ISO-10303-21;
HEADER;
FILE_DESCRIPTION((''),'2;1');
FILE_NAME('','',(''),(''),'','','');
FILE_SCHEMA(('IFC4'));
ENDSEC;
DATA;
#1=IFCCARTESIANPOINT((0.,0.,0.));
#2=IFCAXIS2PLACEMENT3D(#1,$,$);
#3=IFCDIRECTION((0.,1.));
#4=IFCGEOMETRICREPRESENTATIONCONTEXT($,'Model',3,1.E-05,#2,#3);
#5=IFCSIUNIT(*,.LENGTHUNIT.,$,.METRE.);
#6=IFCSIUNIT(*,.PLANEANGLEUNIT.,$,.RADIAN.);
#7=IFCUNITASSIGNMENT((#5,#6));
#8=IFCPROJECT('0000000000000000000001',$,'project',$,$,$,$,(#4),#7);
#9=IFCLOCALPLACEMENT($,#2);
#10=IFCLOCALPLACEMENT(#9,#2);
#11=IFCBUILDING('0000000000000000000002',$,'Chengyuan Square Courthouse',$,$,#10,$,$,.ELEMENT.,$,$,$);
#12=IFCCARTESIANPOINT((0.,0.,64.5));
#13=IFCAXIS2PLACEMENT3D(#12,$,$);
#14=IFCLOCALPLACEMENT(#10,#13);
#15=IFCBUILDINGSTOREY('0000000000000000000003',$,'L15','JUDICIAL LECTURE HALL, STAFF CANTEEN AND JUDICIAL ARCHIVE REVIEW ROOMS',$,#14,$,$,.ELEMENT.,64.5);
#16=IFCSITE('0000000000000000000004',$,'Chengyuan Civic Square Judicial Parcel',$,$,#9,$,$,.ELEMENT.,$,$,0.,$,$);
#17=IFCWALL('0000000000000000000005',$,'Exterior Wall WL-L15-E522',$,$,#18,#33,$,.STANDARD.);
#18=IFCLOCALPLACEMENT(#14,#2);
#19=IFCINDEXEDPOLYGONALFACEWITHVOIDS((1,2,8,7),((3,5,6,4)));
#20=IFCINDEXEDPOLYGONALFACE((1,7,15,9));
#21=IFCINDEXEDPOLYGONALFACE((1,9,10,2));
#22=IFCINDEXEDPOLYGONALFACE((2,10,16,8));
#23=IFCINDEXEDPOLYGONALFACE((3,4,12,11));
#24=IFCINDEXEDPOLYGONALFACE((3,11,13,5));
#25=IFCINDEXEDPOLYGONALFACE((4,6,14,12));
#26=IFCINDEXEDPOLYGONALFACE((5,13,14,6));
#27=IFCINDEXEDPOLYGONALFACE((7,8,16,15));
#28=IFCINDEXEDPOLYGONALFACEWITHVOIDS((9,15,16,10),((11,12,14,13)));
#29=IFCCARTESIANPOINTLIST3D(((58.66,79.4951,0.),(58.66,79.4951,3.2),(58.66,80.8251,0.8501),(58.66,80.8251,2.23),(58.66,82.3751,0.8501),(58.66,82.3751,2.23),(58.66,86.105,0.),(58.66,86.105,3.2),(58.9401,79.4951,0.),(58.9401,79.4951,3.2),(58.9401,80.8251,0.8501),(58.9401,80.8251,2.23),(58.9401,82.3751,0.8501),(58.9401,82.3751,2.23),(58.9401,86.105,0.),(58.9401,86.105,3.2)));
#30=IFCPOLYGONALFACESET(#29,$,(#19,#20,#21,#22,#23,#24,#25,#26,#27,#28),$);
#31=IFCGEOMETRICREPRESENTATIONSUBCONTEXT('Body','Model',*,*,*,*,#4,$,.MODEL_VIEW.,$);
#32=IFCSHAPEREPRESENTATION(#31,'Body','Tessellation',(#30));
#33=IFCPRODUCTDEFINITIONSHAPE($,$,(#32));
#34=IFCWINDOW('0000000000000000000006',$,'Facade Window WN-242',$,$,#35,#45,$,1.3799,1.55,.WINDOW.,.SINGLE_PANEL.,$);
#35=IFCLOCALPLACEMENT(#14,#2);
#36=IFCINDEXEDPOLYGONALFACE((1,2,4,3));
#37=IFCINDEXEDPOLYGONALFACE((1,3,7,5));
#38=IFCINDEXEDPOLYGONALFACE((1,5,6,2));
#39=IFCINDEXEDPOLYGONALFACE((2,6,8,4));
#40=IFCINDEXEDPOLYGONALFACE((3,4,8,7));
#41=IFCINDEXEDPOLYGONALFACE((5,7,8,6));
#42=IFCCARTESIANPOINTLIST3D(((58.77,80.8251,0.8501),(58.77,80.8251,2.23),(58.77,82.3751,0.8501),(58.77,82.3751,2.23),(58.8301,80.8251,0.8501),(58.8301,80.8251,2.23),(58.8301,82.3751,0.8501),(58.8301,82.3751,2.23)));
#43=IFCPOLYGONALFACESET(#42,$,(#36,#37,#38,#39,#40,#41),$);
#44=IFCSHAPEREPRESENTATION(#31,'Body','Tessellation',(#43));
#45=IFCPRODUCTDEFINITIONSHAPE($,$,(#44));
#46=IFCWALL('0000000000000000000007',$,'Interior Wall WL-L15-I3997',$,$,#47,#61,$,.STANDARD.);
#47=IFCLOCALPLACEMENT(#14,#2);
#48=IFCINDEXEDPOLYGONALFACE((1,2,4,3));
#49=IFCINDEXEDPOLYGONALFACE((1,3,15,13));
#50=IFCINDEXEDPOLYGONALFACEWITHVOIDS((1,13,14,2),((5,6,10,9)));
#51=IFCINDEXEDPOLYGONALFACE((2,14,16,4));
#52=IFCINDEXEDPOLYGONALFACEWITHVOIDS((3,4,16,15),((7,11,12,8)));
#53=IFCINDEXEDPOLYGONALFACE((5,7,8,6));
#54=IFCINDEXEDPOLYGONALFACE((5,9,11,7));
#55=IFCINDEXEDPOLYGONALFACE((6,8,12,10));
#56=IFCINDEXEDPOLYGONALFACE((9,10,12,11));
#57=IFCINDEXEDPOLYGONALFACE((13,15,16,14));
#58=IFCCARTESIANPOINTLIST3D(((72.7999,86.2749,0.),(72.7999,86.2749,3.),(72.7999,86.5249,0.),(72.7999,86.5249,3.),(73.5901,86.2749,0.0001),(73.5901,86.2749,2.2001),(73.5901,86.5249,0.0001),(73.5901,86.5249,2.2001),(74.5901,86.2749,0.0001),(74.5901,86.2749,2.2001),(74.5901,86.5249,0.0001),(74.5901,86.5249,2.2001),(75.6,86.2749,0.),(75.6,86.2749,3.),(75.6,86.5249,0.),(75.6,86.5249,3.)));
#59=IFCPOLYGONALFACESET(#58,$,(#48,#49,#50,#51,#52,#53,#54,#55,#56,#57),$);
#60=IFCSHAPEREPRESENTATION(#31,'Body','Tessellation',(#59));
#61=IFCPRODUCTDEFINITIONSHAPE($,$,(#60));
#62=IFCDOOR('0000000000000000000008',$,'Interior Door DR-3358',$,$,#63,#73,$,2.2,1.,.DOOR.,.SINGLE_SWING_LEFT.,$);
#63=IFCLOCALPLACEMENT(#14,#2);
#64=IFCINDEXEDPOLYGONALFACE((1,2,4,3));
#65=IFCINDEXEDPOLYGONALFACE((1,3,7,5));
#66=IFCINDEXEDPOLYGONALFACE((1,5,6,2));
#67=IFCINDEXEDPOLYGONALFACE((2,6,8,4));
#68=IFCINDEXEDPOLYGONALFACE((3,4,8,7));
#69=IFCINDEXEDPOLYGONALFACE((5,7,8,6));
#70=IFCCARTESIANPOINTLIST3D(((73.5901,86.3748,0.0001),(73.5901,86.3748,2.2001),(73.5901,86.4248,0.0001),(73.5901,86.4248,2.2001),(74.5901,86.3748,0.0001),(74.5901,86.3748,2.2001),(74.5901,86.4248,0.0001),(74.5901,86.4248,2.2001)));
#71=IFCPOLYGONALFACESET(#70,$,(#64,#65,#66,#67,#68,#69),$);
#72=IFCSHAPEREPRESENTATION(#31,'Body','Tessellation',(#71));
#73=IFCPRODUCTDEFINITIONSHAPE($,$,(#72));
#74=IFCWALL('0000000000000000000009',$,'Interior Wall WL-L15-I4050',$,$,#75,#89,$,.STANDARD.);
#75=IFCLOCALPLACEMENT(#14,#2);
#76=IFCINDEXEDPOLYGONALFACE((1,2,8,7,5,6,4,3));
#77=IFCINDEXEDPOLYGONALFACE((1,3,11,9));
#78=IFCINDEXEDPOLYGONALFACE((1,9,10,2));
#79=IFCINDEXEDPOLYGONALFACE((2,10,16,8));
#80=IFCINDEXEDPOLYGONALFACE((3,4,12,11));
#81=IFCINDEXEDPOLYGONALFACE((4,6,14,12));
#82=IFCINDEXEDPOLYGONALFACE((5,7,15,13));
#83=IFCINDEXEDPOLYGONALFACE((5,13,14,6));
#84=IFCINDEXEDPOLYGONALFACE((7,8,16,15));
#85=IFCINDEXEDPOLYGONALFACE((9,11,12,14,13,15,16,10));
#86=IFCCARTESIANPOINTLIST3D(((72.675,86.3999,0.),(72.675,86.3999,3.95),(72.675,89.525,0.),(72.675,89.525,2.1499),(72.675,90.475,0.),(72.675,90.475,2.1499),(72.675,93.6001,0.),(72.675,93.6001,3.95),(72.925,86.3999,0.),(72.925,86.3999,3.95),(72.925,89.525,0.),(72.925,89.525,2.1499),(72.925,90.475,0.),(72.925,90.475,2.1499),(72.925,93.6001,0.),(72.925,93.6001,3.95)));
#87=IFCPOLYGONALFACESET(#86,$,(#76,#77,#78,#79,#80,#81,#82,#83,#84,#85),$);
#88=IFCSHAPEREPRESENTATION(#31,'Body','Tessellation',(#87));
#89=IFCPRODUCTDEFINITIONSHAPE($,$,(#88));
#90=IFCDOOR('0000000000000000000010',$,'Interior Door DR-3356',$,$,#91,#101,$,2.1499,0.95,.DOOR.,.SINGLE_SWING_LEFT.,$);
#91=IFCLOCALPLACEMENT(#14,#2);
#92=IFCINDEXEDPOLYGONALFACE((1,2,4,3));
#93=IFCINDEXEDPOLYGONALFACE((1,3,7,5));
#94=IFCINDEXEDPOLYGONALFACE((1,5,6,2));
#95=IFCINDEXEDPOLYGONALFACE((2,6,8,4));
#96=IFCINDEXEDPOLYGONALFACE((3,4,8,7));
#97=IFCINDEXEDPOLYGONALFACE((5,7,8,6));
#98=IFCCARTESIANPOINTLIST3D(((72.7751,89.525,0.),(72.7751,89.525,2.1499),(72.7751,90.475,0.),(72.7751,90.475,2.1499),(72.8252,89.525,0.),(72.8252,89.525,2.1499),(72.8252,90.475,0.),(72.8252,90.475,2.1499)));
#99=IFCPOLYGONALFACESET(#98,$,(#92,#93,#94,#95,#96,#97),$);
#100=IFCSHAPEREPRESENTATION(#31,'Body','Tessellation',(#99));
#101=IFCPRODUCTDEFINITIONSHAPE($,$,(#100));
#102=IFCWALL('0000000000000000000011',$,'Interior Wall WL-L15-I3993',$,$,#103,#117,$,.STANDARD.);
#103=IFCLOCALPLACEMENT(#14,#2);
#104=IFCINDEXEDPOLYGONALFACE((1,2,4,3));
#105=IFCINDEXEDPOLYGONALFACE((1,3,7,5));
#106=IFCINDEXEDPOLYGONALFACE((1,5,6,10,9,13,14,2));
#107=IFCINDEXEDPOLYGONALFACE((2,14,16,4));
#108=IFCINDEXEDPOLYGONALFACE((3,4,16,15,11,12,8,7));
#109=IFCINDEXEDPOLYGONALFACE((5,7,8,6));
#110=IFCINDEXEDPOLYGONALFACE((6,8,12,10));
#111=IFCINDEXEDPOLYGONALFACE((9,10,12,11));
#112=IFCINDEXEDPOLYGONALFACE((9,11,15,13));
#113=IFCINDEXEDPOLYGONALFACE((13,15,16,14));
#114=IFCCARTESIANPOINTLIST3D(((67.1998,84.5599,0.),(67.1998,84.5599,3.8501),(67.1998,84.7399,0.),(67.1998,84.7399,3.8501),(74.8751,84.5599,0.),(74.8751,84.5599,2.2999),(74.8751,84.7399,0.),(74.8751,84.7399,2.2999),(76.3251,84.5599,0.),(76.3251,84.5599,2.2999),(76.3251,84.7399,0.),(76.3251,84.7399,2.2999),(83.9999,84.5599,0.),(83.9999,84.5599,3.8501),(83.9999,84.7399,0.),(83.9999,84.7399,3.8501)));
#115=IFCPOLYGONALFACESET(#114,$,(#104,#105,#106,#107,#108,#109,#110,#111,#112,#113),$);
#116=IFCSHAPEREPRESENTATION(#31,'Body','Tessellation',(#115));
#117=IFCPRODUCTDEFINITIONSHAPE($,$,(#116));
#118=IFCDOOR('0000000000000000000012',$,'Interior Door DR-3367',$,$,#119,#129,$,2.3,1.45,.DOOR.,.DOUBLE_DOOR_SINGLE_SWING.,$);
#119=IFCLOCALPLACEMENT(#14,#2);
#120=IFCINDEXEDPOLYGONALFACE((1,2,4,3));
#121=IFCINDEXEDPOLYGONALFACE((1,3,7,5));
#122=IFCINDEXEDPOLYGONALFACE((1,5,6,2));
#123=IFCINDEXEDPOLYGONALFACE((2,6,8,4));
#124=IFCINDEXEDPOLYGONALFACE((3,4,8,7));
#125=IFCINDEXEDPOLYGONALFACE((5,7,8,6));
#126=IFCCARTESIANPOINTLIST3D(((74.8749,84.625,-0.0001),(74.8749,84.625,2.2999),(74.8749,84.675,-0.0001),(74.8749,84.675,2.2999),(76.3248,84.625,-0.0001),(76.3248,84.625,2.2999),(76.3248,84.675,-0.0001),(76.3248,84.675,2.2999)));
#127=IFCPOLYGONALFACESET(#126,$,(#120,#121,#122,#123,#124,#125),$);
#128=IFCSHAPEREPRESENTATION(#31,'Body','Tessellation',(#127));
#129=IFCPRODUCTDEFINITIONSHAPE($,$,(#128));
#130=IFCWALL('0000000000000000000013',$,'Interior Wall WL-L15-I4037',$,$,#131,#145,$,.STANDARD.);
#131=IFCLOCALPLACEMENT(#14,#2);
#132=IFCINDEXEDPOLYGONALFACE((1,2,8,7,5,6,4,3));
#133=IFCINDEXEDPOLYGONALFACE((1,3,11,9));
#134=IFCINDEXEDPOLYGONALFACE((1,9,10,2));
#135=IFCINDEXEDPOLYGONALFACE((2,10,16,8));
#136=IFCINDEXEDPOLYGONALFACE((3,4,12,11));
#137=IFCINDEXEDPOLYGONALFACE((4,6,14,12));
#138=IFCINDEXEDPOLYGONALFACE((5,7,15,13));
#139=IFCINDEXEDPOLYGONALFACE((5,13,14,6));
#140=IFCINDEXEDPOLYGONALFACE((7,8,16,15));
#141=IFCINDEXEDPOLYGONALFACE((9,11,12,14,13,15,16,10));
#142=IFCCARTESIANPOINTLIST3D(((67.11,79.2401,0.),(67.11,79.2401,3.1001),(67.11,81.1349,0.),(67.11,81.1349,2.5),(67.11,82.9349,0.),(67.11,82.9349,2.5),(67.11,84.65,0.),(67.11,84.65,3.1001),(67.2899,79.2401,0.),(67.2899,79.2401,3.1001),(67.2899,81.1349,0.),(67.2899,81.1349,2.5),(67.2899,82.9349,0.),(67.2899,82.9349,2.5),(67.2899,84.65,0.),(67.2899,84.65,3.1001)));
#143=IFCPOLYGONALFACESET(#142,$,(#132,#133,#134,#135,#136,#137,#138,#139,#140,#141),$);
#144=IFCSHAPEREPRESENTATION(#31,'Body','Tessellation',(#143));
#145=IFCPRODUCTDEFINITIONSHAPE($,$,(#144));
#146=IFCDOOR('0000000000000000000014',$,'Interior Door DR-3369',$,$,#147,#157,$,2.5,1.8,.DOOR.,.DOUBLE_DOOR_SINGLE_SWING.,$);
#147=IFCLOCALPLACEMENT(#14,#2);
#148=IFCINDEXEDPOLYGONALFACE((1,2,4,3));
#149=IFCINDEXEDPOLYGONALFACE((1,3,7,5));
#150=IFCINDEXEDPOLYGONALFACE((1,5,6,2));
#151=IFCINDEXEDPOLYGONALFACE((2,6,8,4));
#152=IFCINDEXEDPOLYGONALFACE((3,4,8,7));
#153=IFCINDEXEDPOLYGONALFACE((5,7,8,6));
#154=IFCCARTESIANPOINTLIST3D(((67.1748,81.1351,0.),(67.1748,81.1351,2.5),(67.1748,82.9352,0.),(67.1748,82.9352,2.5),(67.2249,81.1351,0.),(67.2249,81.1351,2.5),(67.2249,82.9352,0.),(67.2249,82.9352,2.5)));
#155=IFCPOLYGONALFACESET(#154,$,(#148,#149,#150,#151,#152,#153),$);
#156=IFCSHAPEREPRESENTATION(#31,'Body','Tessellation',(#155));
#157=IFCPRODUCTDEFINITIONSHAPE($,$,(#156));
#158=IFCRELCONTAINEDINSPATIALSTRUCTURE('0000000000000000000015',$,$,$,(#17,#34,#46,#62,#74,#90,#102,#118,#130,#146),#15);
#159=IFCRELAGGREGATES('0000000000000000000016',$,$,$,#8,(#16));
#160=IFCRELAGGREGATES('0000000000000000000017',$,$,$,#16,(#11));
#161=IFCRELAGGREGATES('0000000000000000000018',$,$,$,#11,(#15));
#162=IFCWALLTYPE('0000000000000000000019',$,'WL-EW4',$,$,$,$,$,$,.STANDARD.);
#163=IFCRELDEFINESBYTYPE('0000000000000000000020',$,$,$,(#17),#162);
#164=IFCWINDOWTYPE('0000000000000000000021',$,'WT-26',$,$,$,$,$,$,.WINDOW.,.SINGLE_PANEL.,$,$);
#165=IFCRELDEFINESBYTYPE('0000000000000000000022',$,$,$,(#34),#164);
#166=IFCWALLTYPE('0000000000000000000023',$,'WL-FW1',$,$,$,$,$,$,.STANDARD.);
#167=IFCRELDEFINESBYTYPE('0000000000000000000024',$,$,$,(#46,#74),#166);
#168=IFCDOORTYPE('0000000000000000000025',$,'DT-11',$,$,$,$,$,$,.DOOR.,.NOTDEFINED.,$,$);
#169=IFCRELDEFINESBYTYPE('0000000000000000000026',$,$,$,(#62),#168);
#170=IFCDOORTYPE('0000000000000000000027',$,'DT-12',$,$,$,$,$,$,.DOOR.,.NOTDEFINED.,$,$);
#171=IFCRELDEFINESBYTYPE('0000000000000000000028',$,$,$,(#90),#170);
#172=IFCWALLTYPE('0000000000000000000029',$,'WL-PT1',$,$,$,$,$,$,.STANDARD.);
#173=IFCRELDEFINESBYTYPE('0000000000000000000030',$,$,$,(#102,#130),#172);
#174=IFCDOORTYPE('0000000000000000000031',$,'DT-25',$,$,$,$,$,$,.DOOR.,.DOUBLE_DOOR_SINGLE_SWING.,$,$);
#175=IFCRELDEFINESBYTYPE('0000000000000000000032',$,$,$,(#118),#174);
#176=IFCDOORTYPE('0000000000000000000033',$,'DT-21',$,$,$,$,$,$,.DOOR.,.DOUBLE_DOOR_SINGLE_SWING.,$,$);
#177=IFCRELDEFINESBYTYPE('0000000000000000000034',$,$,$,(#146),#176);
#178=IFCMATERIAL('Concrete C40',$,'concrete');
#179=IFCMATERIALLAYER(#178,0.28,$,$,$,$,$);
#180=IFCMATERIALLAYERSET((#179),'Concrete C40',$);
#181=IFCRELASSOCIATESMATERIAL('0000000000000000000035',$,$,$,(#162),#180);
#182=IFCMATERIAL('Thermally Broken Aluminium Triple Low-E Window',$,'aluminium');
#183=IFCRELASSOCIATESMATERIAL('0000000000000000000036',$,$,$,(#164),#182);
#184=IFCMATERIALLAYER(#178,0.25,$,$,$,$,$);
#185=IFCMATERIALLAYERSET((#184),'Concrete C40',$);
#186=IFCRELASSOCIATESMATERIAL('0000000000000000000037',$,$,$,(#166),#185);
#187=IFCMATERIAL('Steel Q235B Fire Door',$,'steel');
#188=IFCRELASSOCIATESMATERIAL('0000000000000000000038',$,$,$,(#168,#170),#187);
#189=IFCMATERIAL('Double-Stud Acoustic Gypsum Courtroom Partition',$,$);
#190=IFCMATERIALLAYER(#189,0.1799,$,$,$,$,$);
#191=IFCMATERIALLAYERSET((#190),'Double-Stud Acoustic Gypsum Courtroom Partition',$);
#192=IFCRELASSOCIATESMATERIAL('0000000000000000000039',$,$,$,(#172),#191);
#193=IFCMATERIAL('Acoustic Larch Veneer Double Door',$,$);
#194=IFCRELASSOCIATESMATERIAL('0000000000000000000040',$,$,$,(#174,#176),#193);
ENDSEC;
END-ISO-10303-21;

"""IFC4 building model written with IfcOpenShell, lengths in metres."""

from ifc_helpers import new_model, si_unit, direction, frame, frame_2d, origin, place, context, subcontext, project, spatial, rectangle, extrude, material, layer, layer_set, type_object, element, fill, save


model = new_model("IFC4")

# Units and contexts
model_context = context("Model", 3, precision=1e-05, world=origin(), true_north=direction((0.0, 1.0)))
body_context = subcontext(model_context, "Body", "Model", "MODEL_VIEW")
ifc_project = project(units=[si_unit("LENGTHUNIT", "METRE"), si_unit("PLANEANGLEUNIT", "RADIAN")], contexts=[model_context])

# Site, building, storey
site_placement = place(None, origin())
site = spatial("IfcSite", under=ifc_project, at=site_placement, Name="Chengyuan Civic Square Judicial Parcel", CompositionType="ELEMENT", RefElevation=0.0)
building_placement = place(site_placement, origin())
building = spatial("IfcBuilding", under=site, at=building_placement, Name="Chengyuan Square Courthouse", CompositionType="ELEMENT")
storey_placement = place(building_placement, frame((0.0, 0.0, 64.5)))
storey = spatial("IfcBuildingStorey", under=building, at=storey_placement, Name="L15", Description="JUDICIAL LECTURE HALL, STAFF CANTEEN AND JUDICIAL ARCHIVE REVIEW ROOMS", CompositionType="ELEMENT", Elevation=64.5)

# Shared definitions
ifc_material_1 = material(Name="Concrete C40", Category="concrete")

# Wall, opening, window
ifc_layer_1 = layer(ifc_material_1, 0.28)
ifc_layer_set_1 = layer_set([ifc_layer_1], Name="Concrete C40")
wall_type_1 = type_object("IfcWallType", Name="WL-EW4", PredefinedType="STANDARD", material=ifc_layer_set_1)
wall_1_placement = place(storey_placement, frame((58.8, 79.4951, 0.0), z_axis=(0.0, 0.0, 1.0), x_axis=(0.0, 1.0, 0.0)))
wall_1 = element("IfcWall", 1, at=wall_1_placement, inside=storey, type_object=wall_type_1, Name="Exterior Wall WL-L15-E522", PredefinedType="STANDARD", context=body_context, shape_type="SweptSolid", body=[
    extrude(rectangle(XDim=6.6099, YDim=0.28, at=frame_2d((3.3049, 0.0))), origin(), (0.0, 0.0, 1.0), 3.2),
])
opening_1_placement = place(wall_1_placement, frame((1.3301, 0.0, 0.8501)))
opening_1 = element("IfcOpeningElement", 2, at=opening_1_placement, cuts=wall_1, PredefinedType="OPENING", context=body_context, shape_type="SweptSolid", body=[
    extrude(rectangle(XDim=1.55, YDim=1.3799, at=frame_2d((0.7749, 0.6899))), frame((0.0, 0.1521, 0.0), z_axis=(0.0, -1.0, 0.0), x_axis=(1.0, 0.0, 0.0)), (0.0, 0.0, 1.0), 0.304),
])
ifc_material_2 = material(Name="Thermally Broken Aluminium Triple Low-E Window", Category="aluminium")
window_type = type_object("IfcWindowType", Name="WT-26", PartitioningType="SINGLE_PANEL", PredefinedType="WINDOW", material=ifc_material_2)
window_placement = place(opening_1_placement, origin())
window = element("IfcWindow", 3, at=window_placement, inside=storey, type_object=window_type, Name="Facade Window WN-242", OverallHeight=1.3799, OverallWidth=1.55, PartitioningType="SINGLE_PANEL", PredefinedType="WINDOW", context=body_context, shape_type="SweptSolid", body=[
    extrude(rectangle(XDim=1.55, YDim=1.3799, at=frame_2d((0.7749, 0.6899))), frame((0.0, 0.03, 0.0), z_axis=(0.0, -1.0, 0.0), x_axis=(1.0, 0.0, 0.0)), (0.0, 0.0, 1.0), 0.0601),
])
fill(opening_1, window)

# Walls, openings, doors
ifc_layer_2 = layer(ifc_material_1, 0.25)
ifc_layer_set_2 = layer_set([ifc_layer_2], Name="Concrete C40")
wall_type_2 = type_object("IfcWallType", Name="WL-FW1", PredefinedType="STANDARD", material=ifc_layer_set_2)
wall_2_placement = place(storey_placement, frame((72.8, 86.3999, 0.0), z_axis=(0.0, 0.0, 1.0), x_axis=(1.0, 0.0, 0.0)))
wall_2 = element("IfcWall", 4, at=wall_2_placement, inside=storey, type_object=wall_type_2, Name="Interior Wall WL-L15-I3997", PredefinedType="STANDARD", context=body_context, shape_type="SweptSolid", body=[
    extrude(rectangle(XDim=2.8, YDim=0.25, at=frame_2d((1.3999, 0.0))), origin(), (0.0, 0.0, 1.0), 3.0),
])
opening_2_placement = place(wall_2_placement, frame((0.79, 0.0, 0.0)))
opening_2 = element("IfcOpeningElement", 5, at=opening_2_placement, cuts=wall_2, PredefinedType="OPENING", context=body_context, shape_type="SweptSolid", body=[
    extrude(rectangle(XDim=1.0, YDim=2.2, at=frame_2d((0.5, 1.1001))), frame((0.0, 0.137, 0.0), z_axis=(0.0, -1.0, 0.0), x_axis=(1.0, 0.0, 0.0)), (0.0, 0.0, 1.0), 0.2739),
])
ifc_material_3 = material(Name="Steel Q235B Fire Door", Category="steel")
door_type_1 = type_object("IfcDoorType", Name="DT-11", OperationType="NOTDEFINED", PredefinedType="DOOR", material=ifc_material_3)
door_1_placement = place(opening_2_placement, origin())
door_1 = element("IfcDoor", 6, at=door_1_placement, inside=storey, type_object=door_type_1, Name="Interior Door DR-3358", OperationType="SINGLE_SWING_LEFT", OverallHeight=2.2, OverallWidth=1.0, PredefinedType="DOOR", context=body_context, shape_type="SweptSolid", body=[
    extrude(rectangle(XDim=1.0, YDim=2.2, at=frame_2d((0.5, 1.1001))), frame((0.0, 0.0249, 0.0), z_axis=(0.0, -1.0, 0.0), x_axis=(1.0, 0.0, 0.0)), (0.0, 0.0, 1.0), 0.05),
])
fill(opening_2, door_1)
wall_3_placement = place(storey_placement, frame((72.8, 86.3999, 0.0), z_axis=(0.0, 0.0, 1.0), x_axis=(0.0, 1.0, 0.0)))
wall_3 = element("IfcWall", 7, at=wall_3_placement, inside=storey, type_object=wall_type_2, Name="Interior Wall WL-L15-I4050", PredefinedType="STANDARD", context=body_context, shape_type="SweptSolid", body=[
    extrude(rectangle(XDim=7.2002, YDim=0.25, at=frame_2d((3.6001, 0.0))), origin(), (0.0, 0.0, 1.0), 3.95),
])
opening_3_placement = place(wall_3_placement, frame((3.125, 0.0, 0.0)))
opening_3 = element("IfcOpeningElement", 8, at=opening_3_placement, cuts=wall_3, PredefinedType="OPENING", context=body_context, shape_type="SweptSolid", body=[
    extrude(rectangle(XDim=0.95, YDim=2.1499, at=frame_2d((0.4751, 1.075))), frame((0.0, 0.137, 0.0), z_axis=(0.0, -1.0, 0.0), x_axis=(1.0, 0.0, 0.0)), (0.0, 0.0, 1.0), 0.2739),
])
door_type_2 = type_object("IfcDoorType", Name="DT-12", OperationType="NOTDEFINED", PredefinedType="DOOR", material=ifc_material_3)
door_2_placement = place(opening_3_placement, origin())
door_2 = element("IfcDoor", 9, at=door_2_placement, inside=storey, type_object=door_type_2, Name="Interior Door DR-3356", OperationType="SINGLE_SWING_LEFT", OverallHeight=2.1499, OverallWidth=0.95, PredefinedType="DOOR", context=body_context, shape_type="SweptSolid", body=[
    extrude(rectangle(XDim=0.95, YDim=2.1499, at=frame_2d((0.4751, 1.075))), frame((0.0, 0.0249, 0.0), z_axis=(0.0, -1.0, 0.0), x_axis=(1.0, 0.0, 0.0)), (0.0, 0.0, 1.0), 0.05),
])
fill(opening_3, door_2)
ifc_material_4 = material(Name="Double-Stud Acoustic Gypsum Courtroom Partition")
ifc_layer_3 = layer(ifc_material_4, 0.1799)
ifc_layer_set_3 = layer_set([ifc_layer_3], Name="Double-Stud Acoustic Gypsum Courtroom Partition")
wall_type_3 = type_object("IfcWallType", Name="WL-PT1", PredefinedType="STANDARD", material=ifc_layer_set_3)
wall_4_placement = place(storey_placement, frame((67.2, 84.6499, 0.0), z_axis=(0.0, 0.0, 1.0), x_axis=(1.0, 0.0, 0.0)))
wall_4 = element("IfcWall", 10, at=wall_4_placement, inside=storey, type_object=wall_type_3, Name="Interior Wall WL-L15-I3993", PredefinedType="STANDARD", context=body_context, shape_type="SweptSolid", body=[
    extrude(rectangle(XDim=16.8, YDim=0.1799, at=frame_2d((8.3999, 0.0))), origin(), (0.0, 0.0, 1.0), 3.8501),
])
opening_4_placement = place(wall_4_placement, frame((7.675, 0.0, 0.0)))
opening_4 = element("IfcOpeningElement", 11, at=opening_4_placement, cuts=wall_4, PredefinedType="OPENING", context=body_context, shape_type="SweptSolid", body=[
    extrude(rectangle(XDim=1.45, YDim=2.3, at=frame_2d((0.7251, 1.1499))), frame((0.0, 0.1021, 0.0), z_axis=(0.0, -1.0, 0.0), x_axis=(1.0, 0.0, 0.0)), (0.0, 0.0, 1.0), 0.2039),
])
ifc_material_5 = material(Name="Acoustic Larch Veneer Double Door")
door_type_3 = type_object("IfcDoorType", Name="DT-25", OperationType="DOUBLE_DOOR_SINGLE_SWING", PredefinedType="DOOR", material=ifc_material_5)
door_3_placement = place(opening_4_placement, frame((1.45, 0.0, 0.0), z_axis=(0.0, 0.0, 1.0), x_axis=(-1.0, 0.0, 0.0)))
door_3 = element("IfcDoor", 12, at=door_3_placement, inside=storey, type_object=door_type_3, Name="Interior Door DR-3367", OperationType="DOUBLE_DOOR_SINGLE_SWING", OverallHeight=2.3, OverallWidth=1.45, PredefinedType="DOOR", context=body_context, shape_type="SweptSolid", body=[
    extrude(rectangle(XDim=1.45, YDim=2.3, at=frame_2d((0.7251, 1.1499))), frame((0.0, 0.0249, 0.0), z_axis=(0.0, -1.0, 0.0), x_axis=(1.0, 0.0, 0.0)), (0.0, 0.0, 1.0), 0.05),
])
fill(opening_4, door_3)
wall_5_placement = place(storey_placement, frame((67.2, 79.24, 0.0), z_axis=(0.0, 0.0, 1.0), x_axis=(0.0, 1.0, 0.0)))
wall_5 = element("IfcWall", 13, at=wall_5_placement, inside=storey, type_object=wall_type_3, Name="Interior Wall WL-L15-I4037", PredefinedType="STANDARD", context=body_context, shape_type="SweptSolid", body=[
    extrude(rectangle(XDim=5.4099, YDim=0.1799, at=frame_2d((2.7051, 0.0))), origin(), (0.0, 0.0, 1.0), 3.1001),
])
opening_5_placement = place(wall_5_placement, frame((1.895, 0.0, 0.0)))
opening_5 = element("IfcOpeningElement", 14, at=opening_5_placement, cuts=wall_5, PredefinedType="OPENING", context=body_context, shape_type="SweptSolid", body=[
    extrude(rectangle(XDim=1.8, YDim=2.5, at=frame_2d((0.8999, 1.25))), frame((0.0, 0.1021, 0.0), z_axis=(0.0, -1.0, 0.0), x_axis=(1.0, 0.0, 0.0)), (0.0, 0.0, 1.0), 0.2039),
])
door_type_4 = type_object("IfcDoorType", Name="DT-21", OperationType="DOUBLE_DOOR_SINGLE_SWING", PredefinedType="DOOR", material=ifc_material_5)
door_4_placement = place(opening_5_placement, frame((1.8, 0.0, 0.0), z_axis=(0.0, 0.0, 1.0), x_axis=(-1.0, 0.0, 0.0)))
door_4 = element("IfcDoor", 15, at=door_4_placement, inside=storey, type_object=door_type_4, Name="Interior Door DR-3369", OperationType="DOUBLE_DOOR_SINGLE_SWING", OverallHeight=2.5, OverallWidth=1.8, PredefinedType="DOOR", context=body_context, shape_type="SweptSolid", body=[
    extrude(rectangle(XDim=1.8, YDim=2.5, at=frame_2d((0.8999, 1.25))), frame((0.0, 0.0249, 0.0), z_axis=(0.0, -1.0, 0.0), x_axis=(1.0, 0.0, 0.0)), (0.0, 0.0, 1.0), 0.05),
])
fill(opening_5, door_4)

save(model, "model.ifc")
